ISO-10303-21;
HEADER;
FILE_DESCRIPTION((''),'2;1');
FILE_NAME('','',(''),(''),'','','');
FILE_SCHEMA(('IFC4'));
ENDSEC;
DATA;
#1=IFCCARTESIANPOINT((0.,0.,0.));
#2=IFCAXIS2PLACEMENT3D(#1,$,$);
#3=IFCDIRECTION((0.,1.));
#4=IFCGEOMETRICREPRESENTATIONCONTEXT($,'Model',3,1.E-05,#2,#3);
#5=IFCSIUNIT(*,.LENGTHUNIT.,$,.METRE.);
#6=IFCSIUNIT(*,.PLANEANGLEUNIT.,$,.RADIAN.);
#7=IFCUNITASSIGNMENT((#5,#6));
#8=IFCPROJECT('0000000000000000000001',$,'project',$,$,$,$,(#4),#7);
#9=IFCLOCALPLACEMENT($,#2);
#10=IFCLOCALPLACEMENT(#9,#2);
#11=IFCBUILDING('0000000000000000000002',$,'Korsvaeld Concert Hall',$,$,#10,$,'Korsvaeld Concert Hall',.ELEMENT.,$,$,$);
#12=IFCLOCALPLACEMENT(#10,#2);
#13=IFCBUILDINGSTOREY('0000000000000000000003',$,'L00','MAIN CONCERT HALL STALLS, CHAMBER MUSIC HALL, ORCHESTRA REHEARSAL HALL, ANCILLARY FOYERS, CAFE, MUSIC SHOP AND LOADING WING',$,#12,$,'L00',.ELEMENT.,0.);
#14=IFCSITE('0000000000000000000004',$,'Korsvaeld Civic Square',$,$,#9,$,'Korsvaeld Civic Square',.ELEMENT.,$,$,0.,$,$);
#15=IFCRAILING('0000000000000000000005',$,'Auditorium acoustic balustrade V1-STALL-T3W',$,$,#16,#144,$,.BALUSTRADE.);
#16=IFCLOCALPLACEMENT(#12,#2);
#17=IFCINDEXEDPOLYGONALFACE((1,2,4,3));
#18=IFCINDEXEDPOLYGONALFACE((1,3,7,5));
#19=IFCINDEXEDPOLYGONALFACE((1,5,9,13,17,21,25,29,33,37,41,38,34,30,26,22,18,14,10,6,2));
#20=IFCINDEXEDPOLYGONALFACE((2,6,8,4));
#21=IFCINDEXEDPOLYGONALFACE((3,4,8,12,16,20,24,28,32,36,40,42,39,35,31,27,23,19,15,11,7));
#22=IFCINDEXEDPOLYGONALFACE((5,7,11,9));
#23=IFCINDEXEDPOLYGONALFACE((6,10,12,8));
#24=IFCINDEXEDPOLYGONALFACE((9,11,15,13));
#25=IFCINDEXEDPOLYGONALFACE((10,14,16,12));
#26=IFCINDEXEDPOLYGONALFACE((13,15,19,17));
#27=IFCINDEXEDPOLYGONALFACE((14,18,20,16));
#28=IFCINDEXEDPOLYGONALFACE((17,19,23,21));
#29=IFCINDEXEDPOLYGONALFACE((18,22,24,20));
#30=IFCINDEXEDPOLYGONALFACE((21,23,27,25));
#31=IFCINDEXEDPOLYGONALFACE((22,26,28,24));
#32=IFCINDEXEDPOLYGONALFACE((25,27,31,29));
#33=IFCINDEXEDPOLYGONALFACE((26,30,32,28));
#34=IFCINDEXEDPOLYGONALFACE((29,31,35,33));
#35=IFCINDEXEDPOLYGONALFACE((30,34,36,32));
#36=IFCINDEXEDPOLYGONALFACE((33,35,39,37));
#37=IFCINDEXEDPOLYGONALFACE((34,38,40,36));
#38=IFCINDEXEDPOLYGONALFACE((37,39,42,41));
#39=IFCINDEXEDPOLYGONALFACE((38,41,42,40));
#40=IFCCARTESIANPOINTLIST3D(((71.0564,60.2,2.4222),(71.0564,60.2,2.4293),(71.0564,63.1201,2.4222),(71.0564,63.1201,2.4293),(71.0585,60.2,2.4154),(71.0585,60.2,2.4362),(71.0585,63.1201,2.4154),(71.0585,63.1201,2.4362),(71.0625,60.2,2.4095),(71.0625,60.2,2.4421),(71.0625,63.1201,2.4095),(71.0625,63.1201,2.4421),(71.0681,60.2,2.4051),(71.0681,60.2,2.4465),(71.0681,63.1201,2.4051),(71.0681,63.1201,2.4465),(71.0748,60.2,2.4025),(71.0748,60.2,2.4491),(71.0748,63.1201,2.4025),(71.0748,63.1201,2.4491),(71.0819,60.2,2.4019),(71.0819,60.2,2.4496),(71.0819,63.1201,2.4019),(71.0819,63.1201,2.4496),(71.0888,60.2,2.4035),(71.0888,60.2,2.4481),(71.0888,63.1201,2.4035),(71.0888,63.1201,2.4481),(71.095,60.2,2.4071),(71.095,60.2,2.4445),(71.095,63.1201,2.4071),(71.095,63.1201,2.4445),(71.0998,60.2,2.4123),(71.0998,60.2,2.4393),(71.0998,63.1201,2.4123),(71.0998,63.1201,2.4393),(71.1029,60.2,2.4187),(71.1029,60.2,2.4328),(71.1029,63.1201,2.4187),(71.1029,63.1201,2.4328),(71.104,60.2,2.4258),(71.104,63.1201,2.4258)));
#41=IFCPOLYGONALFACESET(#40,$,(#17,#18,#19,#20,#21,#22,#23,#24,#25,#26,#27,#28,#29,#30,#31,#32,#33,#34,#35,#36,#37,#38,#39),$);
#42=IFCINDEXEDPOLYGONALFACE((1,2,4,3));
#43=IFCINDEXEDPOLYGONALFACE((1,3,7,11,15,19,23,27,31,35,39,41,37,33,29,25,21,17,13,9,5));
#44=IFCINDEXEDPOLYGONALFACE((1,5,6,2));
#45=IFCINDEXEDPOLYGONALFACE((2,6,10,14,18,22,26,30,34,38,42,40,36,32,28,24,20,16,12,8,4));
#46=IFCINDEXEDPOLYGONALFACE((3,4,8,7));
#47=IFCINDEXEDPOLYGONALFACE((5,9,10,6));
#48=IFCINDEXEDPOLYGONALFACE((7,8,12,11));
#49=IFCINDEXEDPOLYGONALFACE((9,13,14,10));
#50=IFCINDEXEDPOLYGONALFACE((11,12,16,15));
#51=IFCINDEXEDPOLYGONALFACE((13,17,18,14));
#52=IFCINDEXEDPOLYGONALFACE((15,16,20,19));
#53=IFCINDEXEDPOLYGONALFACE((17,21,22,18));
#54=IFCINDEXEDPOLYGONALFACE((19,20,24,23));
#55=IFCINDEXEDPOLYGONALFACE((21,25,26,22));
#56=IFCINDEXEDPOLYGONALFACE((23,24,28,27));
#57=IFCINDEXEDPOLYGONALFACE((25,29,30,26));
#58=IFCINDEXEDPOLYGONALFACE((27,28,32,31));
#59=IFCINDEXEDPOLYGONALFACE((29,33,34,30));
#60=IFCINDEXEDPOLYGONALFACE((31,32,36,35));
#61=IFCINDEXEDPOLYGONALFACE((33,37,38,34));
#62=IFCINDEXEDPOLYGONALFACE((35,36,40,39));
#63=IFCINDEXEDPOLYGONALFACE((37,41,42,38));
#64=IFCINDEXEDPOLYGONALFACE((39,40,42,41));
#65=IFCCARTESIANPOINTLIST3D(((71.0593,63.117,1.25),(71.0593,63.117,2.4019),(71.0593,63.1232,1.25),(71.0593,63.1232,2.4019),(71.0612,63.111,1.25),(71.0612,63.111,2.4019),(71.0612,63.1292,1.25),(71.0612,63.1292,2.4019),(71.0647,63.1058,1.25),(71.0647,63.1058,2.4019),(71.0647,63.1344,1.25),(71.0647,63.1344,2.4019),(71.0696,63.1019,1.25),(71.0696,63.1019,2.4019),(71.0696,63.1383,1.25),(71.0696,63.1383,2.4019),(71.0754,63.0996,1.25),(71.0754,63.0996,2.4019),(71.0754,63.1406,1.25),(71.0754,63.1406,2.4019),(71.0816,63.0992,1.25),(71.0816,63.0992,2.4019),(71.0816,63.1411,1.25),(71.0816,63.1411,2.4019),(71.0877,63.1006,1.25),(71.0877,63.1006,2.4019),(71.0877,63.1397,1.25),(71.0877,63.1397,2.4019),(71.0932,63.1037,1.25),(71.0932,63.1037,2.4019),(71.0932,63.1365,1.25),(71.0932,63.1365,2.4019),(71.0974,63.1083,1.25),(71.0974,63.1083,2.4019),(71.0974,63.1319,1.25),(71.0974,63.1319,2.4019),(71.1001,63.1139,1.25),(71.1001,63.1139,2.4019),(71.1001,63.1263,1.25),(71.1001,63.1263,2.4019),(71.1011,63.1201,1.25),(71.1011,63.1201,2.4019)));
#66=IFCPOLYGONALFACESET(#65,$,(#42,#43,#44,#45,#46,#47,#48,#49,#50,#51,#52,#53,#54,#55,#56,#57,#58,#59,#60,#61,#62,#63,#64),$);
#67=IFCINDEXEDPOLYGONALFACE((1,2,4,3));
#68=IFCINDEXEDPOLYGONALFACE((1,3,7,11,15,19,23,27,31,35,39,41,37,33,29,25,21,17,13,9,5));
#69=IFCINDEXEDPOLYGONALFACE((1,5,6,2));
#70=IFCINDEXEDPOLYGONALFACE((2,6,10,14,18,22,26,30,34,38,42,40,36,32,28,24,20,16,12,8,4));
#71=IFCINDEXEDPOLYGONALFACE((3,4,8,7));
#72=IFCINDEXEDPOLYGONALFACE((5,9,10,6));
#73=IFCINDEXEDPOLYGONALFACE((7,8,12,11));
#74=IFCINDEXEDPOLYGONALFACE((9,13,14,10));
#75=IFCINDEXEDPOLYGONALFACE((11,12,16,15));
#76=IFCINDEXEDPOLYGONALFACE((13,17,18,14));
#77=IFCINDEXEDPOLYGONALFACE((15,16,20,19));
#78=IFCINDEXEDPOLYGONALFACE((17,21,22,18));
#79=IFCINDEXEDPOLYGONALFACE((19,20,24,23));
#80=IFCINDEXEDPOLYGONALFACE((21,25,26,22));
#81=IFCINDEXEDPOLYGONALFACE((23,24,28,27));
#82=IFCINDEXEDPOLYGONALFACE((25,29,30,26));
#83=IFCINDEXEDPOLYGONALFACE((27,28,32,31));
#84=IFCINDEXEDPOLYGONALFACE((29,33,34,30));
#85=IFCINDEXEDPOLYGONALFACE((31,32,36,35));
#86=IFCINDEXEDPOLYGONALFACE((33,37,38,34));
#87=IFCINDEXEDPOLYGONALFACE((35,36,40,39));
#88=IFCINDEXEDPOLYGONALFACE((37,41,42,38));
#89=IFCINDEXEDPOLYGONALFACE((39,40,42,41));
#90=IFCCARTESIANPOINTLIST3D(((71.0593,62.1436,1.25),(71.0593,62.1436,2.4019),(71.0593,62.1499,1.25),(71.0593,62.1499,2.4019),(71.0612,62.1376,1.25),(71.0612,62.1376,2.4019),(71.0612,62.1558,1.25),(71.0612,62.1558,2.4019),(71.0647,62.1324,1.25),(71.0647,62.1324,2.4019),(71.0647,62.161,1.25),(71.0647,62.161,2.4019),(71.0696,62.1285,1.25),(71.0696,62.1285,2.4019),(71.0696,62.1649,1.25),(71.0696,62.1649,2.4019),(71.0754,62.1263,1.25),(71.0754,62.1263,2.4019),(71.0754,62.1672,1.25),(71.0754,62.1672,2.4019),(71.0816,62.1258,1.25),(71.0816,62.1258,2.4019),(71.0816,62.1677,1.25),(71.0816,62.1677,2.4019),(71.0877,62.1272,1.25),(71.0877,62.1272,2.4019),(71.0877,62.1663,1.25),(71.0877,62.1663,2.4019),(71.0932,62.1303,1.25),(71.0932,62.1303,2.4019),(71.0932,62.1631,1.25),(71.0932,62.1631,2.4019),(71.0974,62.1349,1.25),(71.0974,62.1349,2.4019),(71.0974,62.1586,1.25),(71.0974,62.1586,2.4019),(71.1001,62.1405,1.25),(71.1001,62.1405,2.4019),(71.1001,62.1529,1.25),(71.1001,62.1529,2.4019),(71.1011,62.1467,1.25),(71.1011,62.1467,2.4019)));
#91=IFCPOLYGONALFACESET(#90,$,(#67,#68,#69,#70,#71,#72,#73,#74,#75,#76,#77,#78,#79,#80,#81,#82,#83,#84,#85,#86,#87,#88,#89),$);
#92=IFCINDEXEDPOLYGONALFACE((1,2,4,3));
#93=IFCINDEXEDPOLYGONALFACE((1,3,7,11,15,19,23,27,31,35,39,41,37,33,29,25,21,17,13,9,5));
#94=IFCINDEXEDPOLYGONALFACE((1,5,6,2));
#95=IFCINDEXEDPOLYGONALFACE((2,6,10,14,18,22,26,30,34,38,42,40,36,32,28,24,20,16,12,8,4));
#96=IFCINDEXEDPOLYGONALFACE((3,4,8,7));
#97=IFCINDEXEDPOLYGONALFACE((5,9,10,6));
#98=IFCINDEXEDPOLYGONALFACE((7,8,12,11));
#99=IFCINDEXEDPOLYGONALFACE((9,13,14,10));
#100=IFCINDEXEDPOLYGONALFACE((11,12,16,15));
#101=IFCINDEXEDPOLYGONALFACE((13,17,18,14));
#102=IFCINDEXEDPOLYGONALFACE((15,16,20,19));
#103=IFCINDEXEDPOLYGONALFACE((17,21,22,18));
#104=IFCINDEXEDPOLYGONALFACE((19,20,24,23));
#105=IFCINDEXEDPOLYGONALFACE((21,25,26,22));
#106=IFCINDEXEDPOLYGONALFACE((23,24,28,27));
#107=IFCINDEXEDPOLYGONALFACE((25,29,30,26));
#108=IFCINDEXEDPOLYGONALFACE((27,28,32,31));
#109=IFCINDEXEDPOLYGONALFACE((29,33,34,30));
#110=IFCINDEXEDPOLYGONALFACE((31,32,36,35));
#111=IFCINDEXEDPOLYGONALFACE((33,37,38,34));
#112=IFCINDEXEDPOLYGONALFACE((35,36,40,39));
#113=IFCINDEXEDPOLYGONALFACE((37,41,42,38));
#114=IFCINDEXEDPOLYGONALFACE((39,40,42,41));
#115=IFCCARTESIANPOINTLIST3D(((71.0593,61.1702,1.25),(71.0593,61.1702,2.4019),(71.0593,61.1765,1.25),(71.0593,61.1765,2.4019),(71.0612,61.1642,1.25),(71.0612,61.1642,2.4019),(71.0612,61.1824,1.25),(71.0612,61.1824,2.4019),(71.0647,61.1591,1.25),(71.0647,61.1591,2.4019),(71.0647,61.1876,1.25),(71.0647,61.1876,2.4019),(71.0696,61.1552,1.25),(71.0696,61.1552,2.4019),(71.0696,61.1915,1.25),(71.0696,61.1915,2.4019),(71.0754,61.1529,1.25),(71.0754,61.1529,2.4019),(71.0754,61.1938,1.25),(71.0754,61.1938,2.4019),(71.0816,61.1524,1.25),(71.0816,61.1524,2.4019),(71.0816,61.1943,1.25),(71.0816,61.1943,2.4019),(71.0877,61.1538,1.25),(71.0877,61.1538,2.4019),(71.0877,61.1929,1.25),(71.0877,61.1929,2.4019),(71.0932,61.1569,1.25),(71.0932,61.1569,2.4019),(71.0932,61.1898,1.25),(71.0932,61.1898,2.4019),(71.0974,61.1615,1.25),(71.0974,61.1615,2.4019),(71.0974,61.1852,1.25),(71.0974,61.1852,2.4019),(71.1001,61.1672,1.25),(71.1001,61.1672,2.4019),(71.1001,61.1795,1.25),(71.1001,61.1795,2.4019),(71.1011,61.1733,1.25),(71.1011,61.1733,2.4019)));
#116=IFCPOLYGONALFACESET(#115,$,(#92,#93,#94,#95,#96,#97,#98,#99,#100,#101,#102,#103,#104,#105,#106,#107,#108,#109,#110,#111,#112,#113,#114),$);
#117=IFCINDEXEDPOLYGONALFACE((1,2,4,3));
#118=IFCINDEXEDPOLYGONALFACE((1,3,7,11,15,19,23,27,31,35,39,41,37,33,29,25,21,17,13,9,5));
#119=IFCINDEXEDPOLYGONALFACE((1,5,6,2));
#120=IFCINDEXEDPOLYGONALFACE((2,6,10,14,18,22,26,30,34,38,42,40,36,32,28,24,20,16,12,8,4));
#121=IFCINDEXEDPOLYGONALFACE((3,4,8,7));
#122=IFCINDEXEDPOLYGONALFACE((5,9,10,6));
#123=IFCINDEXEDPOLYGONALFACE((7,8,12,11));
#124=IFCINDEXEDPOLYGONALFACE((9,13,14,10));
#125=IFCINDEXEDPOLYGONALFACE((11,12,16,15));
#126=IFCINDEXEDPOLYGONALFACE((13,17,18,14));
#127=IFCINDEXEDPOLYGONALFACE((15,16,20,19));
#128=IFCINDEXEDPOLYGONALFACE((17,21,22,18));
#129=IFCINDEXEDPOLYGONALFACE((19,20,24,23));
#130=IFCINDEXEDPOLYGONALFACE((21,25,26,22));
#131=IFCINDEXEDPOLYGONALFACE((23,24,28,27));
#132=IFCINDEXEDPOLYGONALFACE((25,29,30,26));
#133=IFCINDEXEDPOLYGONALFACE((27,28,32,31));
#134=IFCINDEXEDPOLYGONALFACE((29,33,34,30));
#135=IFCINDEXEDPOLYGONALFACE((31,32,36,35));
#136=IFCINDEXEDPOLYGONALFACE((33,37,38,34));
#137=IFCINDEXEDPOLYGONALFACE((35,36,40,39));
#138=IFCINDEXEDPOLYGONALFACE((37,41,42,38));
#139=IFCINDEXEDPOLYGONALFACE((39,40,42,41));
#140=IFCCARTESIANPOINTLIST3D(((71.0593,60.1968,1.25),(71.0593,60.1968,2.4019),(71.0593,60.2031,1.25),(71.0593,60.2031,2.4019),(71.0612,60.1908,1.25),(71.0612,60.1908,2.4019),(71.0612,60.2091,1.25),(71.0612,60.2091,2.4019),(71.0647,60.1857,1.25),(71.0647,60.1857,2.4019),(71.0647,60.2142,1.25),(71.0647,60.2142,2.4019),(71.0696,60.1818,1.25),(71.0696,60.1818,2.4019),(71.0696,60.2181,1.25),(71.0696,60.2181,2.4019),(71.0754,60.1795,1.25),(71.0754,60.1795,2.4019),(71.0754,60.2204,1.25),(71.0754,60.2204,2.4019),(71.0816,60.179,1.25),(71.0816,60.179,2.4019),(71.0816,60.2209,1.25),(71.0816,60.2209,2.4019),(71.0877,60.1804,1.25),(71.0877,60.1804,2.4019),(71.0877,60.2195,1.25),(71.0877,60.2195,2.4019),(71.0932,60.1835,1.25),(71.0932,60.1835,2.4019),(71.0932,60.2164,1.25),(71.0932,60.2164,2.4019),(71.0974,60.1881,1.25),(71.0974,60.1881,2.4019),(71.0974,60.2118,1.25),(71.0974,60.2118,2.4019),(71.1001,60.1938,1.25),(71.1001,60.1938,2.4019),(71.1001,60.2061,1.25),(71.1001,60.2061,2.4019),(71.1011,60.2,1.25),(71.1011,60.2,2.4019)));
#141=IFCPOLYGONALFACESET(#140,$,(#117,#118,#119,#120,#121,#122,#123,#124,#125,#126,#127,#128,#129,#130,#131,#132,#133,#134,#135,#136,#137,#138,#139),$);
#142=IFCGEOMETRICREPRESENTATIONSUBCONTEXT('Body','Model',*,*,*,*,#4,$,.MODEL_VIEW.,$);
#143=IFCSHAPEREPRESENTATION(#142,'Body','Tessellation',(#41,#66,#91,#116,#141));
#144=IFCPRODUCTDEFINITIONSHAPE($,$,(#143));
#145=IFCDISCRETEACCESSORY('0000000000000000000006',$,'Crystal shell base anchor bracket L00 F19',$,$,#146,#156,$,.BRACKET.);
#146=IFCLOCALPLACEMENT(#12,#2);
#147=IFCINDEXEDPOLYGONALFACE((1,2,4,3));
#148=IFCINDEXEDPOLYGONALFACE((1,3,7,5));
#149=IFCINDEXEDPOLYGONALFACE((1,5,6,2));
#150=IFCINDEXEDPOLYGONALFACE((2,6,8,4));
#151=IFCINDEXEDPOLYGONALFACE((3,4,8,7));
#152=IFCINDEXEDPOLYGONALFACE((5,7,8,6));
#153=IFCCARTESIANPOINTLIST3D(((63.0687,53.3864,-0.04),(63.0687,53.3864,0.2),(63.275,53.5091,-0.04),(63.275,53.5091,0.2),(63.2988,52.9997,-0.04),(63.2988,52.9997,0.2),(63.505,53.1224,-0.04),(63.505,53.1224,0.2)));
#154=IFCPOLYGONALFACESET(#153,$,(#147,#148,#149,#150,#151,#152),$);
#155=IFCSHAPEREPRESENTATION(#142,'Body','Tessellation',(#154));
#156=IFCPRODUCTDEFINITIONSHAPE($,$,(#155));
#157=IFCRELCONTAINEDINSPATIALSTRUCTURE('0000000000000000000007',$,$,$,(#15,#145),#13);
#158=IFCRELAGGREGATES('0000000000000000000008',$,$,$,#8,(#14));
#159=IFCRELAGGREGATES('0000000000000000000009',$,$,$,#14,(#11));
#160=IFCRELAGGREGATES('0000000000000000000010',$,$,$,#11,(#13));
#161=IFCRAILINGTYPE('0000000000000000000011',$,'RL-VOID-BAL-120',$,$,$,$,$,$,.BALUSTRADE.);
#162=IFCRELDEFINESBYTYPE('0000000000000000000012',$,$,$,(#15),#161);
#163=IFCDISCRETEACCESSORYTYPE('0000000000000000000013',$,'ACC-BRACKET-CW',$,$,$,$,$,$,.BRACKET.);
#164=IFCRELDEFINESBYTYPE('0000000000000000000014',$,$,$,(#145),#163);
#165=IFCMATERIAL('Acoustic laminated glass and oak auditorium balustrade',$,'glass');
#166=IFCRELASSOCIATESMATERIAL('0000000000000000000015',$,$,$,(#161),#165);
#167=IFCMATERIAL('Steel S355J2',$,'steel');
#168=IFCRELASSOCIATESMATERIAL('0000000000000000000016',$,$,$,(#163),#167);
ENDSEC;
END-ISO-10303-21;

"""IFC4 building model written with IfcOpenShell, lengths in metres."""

from ifc_helpers import new_model, si_unit, direction, frame, origin, origin_2d, place, context, subcontext, project, spatial, rectangle, circle, extrude, material, type_object, element, save


model = new_model("IFC4")

# Units and contexts
model_context = context("Model", 3, precision=1e-05, world=origin(), true_north=direction((0.0, 1.0)))
body_context = subcontext(model_context, "Body", "Model", "MODEL_VIEW")
ifc_project = project(units=[si_unit("LENGTHUNIT", "METRE"), si_unit("PLANEANGLEUNIT", "RADIAN")], contexts=[model_context])

# Site, building, storey
site_placement = place(None, origin())
site = spatial("IfcSite", under=ifc_project, at=site_placement, Name="Korsvaeld Civic Square", LongName="Korsvaeld Civic Square", CompositionType="ELEMENT", RefElevation=0.0)
building_placement = place(site_placement, origin())
building = spatial("IfcBuilding", under=site, at=building_placement, Name="Korsvaeld Concert Hall", LongName="Korsvaeld Concert Hall", CompositionType="ELEMENT")
storey_placement = place(building_placement, origin())
storey = spatial("IfcBuildingStorey", under=building, at=storey_placement, Name="L00", Description="MAIN CONCERT HALL STALLS, CHAMBER MUSIC HALL, ORCHESTRA REHEARSAL HALL, ANCILLARY FOYERS, CAFE, MUSIC SHOP AND LOADING WING", LongName="L00", CompositionType="ELEMENT", Elevation=0.0)

# Railing
ifc_material_1 = material(Name="Acoustic laminated glass and oak auditorium balustrade", Category="glass")
railing_type = type_object("IfcRailingType", Name="RL-VOID-BAL-120", PredefinedType="BALUSTRADE", material=ifc_material_1)
railing_1_placement = place(storey_placement, frame((71.0801, 63.1201, 1.25)))
element("IfcRailing", 1, at=railing_1_placement, inside=storey, type_object=railing_type, Name="Auditorium acoustic balustrade V1-STALL-T3W", PredefinedType="BALUSTRADE", context=body_context, shape_type="SweptSolid", body=[
    extrude(circle(Radius=0.0239, at=origin_2d()), frame((0.0, 0.0, 1.1758), z_axis=(0.0, -1.0, 0.0), x_axis=(1.0, 0.0, 0.0)), (0.0, 0.0, 1.0), 2.9202),
    extrude(circle(Radius=0.021, at=origin_2d()), origin(), (0.0, 0.0, 1.0), 1.1519),
    extrude(circle(Radius=0.021, at=origin_2d()), frame((0.0, -0.9734, 0.0)), (0.0, 0.0, 1.0), 1.1519),
    extrude(circle(Radius=0.021, at=origin_2d()), frame((0.0, -1.9468, 0.0)), (0.0, 0.0, 1.0), 1.1519),
    extrude(circle(Radius=0.021, at=origin_2d()), frame((0.0, -2.9202, 0.0)), (0.0, 0.0, 1.0), 1.1519),
])

# Discrete accessory
ifc_material_2 = material(Name="Steel S355J2", Category="steel")
discrete_accessory_type = type_object("IfcDiscreteAccessoryType", Name="ACC-BRACKET-CW", PredefinedType="BRACKET", material=ifc_material_2)
discrete_accessory_placement = place(storey_placement, frame((63.2869, 53.2544, -0.04), z_axis=(0.0, 0.0, 1.0), x_axis=(0.511293, -0.859406, 0.0)))
element("IfcDiscreteAccessory", 2, at=discrete_accessory_placement, inside=storey, type_object=discrete_accessory_type, Name="Crystal shell base anchor bracket L00 F19", PredefinedType="BRACKET", context=body_context, shape_type="SweptSolid", body=[
    extrude(rectangle(XDim=0.45, YDim=0.24, at=origin_2d()), origin(), (0.0, 0.0, 1.0), 0.24),
])

save(model, "model.ifc")
